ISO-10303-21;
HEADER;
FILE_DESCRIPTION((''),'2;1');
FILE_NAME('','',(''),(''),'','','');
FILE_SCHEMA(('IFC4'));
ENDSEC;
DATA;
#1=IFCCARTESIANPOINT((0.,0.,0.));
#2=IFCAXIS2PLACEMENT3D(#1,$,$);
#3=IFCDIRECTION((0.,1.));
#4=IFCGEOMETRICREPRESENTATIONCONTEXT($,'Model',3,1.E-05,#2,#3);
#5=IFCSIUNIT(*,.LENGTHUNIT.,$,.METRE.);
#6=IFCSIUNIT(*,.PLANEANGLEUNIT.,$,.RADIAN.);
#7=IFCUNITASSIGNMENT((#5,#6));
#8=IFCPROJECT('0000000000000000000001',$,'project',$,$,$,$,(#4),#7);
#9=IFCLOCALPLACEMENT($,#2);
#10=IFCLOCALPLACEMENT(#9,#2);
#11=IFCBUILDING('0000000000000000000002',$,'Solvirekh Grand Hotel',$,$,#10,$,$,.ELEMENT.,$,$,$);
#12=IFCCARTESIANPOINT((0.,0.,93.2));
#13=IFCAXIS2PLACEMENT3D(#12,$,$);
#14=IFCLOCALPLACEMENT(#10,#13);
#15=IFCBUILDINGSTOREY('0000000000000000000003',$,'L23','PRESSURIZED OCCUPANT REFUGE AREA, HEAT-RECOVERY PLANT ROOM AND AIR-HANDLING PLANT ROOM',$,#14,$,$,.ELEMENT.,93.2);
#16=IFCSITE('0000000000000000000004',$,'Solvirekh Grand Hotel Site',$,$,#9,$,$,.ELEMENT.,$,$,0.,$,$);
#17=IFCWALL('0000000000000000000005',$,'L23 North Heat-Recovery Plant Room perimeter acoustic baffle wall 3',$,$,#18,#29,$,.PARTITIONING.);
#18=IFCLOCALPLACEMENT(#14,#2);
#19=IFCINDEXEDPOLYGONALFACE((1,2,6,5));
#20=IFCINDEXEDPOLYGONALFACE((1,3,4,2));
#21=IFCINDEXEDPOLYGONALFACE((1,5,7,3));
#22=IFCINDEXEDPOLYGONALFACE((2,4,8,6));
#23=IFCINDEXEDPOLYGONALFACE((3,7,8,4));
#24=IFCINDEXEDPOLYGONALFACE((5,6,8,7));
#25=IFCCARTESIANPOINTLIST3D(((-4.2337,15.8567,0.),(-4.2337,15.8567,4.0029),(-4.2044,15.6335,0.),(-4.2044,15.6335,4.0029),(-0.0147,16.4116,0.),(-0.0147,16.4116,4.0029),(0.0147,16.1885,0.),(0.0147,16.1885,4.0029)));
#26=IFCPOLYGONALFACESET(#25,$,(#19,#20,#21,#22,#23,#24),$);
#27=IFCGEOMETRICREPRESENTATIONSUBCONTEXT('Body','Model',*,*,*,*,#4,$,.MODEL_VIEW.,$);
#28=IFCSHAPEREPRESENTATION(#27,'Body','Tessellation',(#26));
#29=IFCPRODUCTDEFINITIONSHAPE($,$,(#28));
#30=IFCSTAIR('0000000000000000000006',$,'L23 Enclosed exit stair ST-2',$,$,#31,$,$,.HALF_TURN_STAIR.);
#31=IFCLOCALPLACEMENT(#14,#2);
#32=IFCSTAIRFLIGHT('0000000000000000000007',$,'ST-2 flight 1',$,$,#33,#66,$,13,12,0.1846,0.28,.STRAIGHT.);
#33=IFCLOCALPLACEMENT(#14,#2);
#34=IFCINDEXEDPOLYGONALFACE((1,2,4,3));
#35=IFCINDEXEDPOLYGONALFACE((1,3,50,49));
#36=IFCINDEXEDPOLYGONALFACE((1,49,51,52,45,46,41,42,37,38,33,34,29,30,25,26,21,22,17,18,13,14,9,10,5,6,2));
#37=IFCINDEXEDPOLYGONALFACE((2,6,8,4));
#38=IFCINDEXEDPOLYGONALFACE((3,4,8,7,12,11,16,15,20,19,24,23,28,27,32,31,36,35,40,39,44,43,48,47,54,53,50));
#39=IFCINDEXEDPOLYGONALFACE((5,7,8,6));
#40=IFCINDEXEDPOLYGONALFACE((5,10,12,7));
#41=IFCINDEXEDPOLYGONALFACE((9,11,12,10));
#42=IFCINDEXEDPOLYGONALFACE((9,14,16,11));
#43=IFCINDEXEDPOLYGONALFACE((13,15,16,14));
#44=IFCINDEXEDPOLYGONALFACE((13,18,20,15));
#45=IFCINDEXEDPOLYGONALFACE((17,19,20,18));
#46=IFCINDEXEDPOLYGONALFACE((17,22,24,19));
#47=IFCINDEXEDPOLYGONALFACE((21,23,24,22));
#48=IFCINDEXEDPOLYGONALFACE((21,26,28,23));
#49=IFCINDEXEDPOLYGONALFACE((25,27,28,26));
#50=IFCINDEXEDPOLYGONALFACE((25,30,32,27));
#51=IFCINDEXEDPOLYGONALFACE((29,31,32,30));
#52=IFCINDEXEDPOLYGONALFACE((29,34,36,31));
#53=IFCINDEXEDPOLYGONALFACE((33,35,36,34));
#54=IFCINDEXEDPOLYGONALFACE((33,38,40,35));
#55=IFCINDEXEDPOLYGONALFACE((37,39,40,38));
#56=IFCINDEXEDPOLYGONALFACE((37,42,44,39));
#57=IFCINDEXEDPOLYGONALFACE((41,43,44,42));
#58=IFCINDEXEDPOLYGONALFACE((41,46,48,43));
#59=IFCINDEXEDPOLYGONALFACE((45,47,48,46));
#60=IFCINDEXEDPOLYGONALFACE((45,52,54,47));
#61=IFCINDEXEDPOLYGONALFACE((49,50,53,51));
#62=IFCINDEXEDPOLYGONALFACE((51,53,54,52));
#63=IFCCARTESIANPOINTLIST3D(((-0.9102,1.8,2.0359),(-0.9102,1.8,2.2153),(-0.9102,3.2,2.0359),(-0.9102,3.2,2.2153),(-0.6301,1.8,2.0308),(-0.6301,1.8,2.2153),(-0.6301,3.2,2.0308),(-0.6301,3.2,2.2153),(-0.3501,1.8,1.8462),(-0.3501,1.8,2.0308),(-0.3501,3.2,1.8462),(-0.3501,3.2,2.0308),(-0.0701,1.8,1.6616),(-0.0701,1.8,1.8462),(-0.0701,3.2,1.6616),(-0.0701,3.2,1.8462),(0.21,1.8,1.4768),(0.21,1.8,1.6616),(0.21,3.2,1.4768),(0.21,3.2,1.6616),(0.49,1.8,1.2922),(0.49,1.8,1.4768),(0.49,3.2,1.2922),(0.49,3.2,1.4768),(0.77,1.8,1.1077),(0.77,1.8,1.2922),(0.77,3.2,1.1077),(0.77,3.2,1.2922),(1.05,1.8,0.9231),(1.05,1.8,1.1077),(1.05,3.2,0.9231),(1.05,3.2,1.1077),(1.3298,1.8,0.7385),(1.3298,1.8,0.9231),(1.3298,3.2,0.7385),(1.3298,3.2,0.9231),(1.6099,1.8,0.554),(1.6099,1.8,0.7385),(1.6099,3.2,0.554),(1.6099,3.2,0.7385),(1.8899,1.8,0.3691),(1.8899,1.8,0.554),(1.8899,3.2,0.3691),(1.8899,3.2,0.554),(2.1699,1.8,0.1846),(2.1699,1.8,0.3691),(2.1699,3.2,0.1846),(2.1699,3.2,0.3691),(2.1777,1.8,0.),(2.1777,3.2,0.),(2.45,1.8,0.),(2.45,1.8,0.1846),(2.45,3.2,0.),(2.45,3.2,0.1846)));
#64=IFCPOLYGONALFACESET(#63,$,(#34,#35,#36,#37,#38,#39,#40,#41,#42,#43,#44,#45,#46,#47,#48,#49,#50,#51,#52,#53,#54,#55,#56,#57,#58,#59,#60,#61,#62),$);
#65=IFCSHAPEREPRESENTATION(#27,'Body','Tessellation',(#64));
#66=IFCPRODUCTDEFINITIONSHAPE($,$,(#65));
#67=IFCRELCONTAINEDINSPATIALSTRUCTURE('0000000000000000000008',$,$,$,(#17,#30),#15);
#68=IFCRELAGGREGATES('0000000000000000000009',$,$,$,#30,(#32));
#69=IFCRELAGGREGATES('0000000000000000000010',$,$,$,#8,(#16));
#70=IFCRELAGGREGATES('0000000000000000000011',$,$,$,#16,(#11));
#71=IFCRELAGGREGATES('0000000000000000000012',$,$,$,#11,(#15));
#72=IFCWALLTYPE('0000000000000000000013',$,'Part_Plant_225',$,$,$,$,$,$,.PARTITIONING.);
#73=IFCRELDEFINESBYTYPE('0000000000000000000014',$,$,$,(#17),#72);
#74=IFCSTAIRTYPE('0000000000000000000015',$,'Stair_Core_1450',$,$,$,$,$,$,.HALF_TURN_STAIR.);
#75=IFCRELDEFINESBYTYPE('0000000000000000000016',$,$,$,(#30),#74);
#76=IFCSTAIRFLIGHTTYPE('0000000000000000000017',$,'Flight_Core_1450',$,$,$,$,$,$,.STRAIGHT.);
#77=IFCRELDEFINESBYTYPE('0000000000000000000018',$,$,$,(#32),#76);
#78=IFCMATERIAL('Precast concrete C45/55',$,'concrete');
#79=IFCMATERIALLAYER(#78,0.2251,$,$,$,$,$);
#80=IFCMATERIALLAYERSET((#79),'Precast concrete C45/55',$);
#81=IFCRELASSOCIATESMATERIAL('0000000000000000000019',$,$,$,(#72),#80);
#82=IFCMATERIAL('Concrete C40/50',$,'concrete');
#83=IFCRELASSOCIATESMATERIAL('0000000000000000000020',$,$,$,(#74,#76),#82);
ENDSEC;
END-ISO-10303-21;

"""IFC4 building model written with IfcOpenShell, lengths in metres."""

from ifc_helpers import new_model, si_unit, direction, frame, frame_2d, origin, place, context, subcontext, project, spatial, polyline, rectangle, outline, extrude, material, layer, layer_set, type_object, element, aggregate, save


model = new_model("IFC4")

# Units and contexts
model_context = context("Model", 3, precision=1e-05, world=origin(), true_north=direction((0.0, 1.0)))
body_context = subcontext(model_context, "Body", "Model", "MODEL_VIEW")
ifc_project = project(units=[si_unit("LENGTHUNIT", "METRE"), si_unit("PLANEANGLEUNIT", "RADIAN")], contexts=[model_context])

# Site, building, storey
site_placement = place(None, origin())
site = spatial("IfcSite", under=ifc_project, at=site_placement, Name="Solvirekh Grand Hotel Site", CompositionType="ELEMENT", RefElevation=0.0)
building_placement = place(site_placement, origin())
building = spatial("IfcBuilding", under=site, at=building_placement, Name="Solvirekh Grand Hotel", CompositionType="ELEMENT")
storey_placement = place(building_placement, frame((0.0, 0.0, 93.2)))
storey = spatial("IfcBuildingStorey", under=building, at=storey_placement, Name="L23", Description="PRESSURIZED OCCUPANT REFUGE AREA, HEAT-RECOVERY PLANT ROOM AND AIR-HANDLING PLANT ROOM", CompositionType="ELEMENT", Elevation=93.2)

# Shared definitions
ifc_material_1 = material(Name="Concrete C40/50", Category="concrete")
ifc_material_2 = material(Name="Precast concrete C45/55", Category="concrete")
ifc_layer_1 = layer(ifc_material_2, 0.2251)
ifc_layer_set_1 = layer_set([ifc_layer_1], Name="Precast concrete C45/55")
wall_type_1 = type_object("IfcWallType", Name="Part_Plant_225", PredefinedType="PARTITIONING", material=ifc_layer_set_1)

# Wall
for number, where, z_axis, x_axis, name in (
    (1, (0.0, 16.3, 0.0), (0.0, 0.0, 1.0), (-0.99146, -0.130409, 0.0), "L23 North Heat-Recovery Plant Room perimeter acoustic baffle wall 3"),
):
    element("IfcWall", number, at=place(storey_placement, frame(where, z_axis=z_axis, x_axis=x_axis)), inside=storey, type_object=wall_type_1, Name=name, PredefinedType="PARTITIONING", context=body_context, shape_type="SweptSolid", body=[
        extrude(rectangle(XDim=4.2554, YDim=0.2251, at=frame_2d((2.1277, 0.0))), origin(), (0.0, 0.0, 1.0), 4.0029),
    ])

# Stair, stair flight
stair_type = type_object("IfcStairType", Name="Stair_Core_1450", PredefinedType="HALF_TURN_STAIR", material=ifc_material_1)
stair_placement = place(storey_placement, origin())
stair = element("IfcStair", 2, at=stair_placement, inside=storey, type_object=stair_type, Name="L23 Enclosed exit stair ST-2", PredefinedType="HALF_TURN_STAIR")
stair_flight_type = type_object("IfcStairFlightType", Name="Flight_Core_1450", PredefinedType="STRAIGHT", material=ifc_material_1)
stair_flight_placement = place(storey_placement, frame((2.45, 2.5, 0.0), z_axis=(0.0, 0.0, 1.0), x_axis=(-1.0, 0.0, 0.0)))
stair_flight = element("IfcStairFlight", 3, at=stair_flight_placement, type_object=stair_flight_type, Name="ST-2 flight 1", NumberOfRisers=13, NumberOfTreads=12, PredefinedType="STRAIGHT", RiserHeight=0.1846, TreadLength=0.28, context=body_context, shape_type="SweptSolid", body=[
    extrude(outline(polyline([(0.0, 0.0), (0.0, 0.1846), (0.28, 0.1846), (0.28, 0.3691), (0.5601, 0.3691), (0.5601, 0.554), (0.8401, 0.554), (0.8401, 0.7385), (1.1201, 0.7385), (1.1201, 0.9231), (1.3999, 0.9231), (1.3999, 1.1077), (1.6799, 1.1077), (1.6799, 1.2922), (1.96, 1.2922), (1.96, 1.4768), (2.24, 1.4768), (2.24, 1.6616), (2.52, 1.6616), (2.52, 1.8462), (2.8, 1.8462), (2.8, 2.0308), (3.0801, 2.0308), (3.0801, 2.2153), (3.3601, 2.2153), (3.3601, 2.3999), (3.3601, 2.0359), (0.2722, 0.0), (0.0, 0.0)])), frame((0.0, 0.7, 0.0), z_axis=(0.0, -1.0, 0.0), x_axis=(1.0, 0.0, 0.0)), (0.0, 0.0, 1.0), 1.3999),
])
aggregate(stair, [stair_flight])

save(model, "model.ifc")
